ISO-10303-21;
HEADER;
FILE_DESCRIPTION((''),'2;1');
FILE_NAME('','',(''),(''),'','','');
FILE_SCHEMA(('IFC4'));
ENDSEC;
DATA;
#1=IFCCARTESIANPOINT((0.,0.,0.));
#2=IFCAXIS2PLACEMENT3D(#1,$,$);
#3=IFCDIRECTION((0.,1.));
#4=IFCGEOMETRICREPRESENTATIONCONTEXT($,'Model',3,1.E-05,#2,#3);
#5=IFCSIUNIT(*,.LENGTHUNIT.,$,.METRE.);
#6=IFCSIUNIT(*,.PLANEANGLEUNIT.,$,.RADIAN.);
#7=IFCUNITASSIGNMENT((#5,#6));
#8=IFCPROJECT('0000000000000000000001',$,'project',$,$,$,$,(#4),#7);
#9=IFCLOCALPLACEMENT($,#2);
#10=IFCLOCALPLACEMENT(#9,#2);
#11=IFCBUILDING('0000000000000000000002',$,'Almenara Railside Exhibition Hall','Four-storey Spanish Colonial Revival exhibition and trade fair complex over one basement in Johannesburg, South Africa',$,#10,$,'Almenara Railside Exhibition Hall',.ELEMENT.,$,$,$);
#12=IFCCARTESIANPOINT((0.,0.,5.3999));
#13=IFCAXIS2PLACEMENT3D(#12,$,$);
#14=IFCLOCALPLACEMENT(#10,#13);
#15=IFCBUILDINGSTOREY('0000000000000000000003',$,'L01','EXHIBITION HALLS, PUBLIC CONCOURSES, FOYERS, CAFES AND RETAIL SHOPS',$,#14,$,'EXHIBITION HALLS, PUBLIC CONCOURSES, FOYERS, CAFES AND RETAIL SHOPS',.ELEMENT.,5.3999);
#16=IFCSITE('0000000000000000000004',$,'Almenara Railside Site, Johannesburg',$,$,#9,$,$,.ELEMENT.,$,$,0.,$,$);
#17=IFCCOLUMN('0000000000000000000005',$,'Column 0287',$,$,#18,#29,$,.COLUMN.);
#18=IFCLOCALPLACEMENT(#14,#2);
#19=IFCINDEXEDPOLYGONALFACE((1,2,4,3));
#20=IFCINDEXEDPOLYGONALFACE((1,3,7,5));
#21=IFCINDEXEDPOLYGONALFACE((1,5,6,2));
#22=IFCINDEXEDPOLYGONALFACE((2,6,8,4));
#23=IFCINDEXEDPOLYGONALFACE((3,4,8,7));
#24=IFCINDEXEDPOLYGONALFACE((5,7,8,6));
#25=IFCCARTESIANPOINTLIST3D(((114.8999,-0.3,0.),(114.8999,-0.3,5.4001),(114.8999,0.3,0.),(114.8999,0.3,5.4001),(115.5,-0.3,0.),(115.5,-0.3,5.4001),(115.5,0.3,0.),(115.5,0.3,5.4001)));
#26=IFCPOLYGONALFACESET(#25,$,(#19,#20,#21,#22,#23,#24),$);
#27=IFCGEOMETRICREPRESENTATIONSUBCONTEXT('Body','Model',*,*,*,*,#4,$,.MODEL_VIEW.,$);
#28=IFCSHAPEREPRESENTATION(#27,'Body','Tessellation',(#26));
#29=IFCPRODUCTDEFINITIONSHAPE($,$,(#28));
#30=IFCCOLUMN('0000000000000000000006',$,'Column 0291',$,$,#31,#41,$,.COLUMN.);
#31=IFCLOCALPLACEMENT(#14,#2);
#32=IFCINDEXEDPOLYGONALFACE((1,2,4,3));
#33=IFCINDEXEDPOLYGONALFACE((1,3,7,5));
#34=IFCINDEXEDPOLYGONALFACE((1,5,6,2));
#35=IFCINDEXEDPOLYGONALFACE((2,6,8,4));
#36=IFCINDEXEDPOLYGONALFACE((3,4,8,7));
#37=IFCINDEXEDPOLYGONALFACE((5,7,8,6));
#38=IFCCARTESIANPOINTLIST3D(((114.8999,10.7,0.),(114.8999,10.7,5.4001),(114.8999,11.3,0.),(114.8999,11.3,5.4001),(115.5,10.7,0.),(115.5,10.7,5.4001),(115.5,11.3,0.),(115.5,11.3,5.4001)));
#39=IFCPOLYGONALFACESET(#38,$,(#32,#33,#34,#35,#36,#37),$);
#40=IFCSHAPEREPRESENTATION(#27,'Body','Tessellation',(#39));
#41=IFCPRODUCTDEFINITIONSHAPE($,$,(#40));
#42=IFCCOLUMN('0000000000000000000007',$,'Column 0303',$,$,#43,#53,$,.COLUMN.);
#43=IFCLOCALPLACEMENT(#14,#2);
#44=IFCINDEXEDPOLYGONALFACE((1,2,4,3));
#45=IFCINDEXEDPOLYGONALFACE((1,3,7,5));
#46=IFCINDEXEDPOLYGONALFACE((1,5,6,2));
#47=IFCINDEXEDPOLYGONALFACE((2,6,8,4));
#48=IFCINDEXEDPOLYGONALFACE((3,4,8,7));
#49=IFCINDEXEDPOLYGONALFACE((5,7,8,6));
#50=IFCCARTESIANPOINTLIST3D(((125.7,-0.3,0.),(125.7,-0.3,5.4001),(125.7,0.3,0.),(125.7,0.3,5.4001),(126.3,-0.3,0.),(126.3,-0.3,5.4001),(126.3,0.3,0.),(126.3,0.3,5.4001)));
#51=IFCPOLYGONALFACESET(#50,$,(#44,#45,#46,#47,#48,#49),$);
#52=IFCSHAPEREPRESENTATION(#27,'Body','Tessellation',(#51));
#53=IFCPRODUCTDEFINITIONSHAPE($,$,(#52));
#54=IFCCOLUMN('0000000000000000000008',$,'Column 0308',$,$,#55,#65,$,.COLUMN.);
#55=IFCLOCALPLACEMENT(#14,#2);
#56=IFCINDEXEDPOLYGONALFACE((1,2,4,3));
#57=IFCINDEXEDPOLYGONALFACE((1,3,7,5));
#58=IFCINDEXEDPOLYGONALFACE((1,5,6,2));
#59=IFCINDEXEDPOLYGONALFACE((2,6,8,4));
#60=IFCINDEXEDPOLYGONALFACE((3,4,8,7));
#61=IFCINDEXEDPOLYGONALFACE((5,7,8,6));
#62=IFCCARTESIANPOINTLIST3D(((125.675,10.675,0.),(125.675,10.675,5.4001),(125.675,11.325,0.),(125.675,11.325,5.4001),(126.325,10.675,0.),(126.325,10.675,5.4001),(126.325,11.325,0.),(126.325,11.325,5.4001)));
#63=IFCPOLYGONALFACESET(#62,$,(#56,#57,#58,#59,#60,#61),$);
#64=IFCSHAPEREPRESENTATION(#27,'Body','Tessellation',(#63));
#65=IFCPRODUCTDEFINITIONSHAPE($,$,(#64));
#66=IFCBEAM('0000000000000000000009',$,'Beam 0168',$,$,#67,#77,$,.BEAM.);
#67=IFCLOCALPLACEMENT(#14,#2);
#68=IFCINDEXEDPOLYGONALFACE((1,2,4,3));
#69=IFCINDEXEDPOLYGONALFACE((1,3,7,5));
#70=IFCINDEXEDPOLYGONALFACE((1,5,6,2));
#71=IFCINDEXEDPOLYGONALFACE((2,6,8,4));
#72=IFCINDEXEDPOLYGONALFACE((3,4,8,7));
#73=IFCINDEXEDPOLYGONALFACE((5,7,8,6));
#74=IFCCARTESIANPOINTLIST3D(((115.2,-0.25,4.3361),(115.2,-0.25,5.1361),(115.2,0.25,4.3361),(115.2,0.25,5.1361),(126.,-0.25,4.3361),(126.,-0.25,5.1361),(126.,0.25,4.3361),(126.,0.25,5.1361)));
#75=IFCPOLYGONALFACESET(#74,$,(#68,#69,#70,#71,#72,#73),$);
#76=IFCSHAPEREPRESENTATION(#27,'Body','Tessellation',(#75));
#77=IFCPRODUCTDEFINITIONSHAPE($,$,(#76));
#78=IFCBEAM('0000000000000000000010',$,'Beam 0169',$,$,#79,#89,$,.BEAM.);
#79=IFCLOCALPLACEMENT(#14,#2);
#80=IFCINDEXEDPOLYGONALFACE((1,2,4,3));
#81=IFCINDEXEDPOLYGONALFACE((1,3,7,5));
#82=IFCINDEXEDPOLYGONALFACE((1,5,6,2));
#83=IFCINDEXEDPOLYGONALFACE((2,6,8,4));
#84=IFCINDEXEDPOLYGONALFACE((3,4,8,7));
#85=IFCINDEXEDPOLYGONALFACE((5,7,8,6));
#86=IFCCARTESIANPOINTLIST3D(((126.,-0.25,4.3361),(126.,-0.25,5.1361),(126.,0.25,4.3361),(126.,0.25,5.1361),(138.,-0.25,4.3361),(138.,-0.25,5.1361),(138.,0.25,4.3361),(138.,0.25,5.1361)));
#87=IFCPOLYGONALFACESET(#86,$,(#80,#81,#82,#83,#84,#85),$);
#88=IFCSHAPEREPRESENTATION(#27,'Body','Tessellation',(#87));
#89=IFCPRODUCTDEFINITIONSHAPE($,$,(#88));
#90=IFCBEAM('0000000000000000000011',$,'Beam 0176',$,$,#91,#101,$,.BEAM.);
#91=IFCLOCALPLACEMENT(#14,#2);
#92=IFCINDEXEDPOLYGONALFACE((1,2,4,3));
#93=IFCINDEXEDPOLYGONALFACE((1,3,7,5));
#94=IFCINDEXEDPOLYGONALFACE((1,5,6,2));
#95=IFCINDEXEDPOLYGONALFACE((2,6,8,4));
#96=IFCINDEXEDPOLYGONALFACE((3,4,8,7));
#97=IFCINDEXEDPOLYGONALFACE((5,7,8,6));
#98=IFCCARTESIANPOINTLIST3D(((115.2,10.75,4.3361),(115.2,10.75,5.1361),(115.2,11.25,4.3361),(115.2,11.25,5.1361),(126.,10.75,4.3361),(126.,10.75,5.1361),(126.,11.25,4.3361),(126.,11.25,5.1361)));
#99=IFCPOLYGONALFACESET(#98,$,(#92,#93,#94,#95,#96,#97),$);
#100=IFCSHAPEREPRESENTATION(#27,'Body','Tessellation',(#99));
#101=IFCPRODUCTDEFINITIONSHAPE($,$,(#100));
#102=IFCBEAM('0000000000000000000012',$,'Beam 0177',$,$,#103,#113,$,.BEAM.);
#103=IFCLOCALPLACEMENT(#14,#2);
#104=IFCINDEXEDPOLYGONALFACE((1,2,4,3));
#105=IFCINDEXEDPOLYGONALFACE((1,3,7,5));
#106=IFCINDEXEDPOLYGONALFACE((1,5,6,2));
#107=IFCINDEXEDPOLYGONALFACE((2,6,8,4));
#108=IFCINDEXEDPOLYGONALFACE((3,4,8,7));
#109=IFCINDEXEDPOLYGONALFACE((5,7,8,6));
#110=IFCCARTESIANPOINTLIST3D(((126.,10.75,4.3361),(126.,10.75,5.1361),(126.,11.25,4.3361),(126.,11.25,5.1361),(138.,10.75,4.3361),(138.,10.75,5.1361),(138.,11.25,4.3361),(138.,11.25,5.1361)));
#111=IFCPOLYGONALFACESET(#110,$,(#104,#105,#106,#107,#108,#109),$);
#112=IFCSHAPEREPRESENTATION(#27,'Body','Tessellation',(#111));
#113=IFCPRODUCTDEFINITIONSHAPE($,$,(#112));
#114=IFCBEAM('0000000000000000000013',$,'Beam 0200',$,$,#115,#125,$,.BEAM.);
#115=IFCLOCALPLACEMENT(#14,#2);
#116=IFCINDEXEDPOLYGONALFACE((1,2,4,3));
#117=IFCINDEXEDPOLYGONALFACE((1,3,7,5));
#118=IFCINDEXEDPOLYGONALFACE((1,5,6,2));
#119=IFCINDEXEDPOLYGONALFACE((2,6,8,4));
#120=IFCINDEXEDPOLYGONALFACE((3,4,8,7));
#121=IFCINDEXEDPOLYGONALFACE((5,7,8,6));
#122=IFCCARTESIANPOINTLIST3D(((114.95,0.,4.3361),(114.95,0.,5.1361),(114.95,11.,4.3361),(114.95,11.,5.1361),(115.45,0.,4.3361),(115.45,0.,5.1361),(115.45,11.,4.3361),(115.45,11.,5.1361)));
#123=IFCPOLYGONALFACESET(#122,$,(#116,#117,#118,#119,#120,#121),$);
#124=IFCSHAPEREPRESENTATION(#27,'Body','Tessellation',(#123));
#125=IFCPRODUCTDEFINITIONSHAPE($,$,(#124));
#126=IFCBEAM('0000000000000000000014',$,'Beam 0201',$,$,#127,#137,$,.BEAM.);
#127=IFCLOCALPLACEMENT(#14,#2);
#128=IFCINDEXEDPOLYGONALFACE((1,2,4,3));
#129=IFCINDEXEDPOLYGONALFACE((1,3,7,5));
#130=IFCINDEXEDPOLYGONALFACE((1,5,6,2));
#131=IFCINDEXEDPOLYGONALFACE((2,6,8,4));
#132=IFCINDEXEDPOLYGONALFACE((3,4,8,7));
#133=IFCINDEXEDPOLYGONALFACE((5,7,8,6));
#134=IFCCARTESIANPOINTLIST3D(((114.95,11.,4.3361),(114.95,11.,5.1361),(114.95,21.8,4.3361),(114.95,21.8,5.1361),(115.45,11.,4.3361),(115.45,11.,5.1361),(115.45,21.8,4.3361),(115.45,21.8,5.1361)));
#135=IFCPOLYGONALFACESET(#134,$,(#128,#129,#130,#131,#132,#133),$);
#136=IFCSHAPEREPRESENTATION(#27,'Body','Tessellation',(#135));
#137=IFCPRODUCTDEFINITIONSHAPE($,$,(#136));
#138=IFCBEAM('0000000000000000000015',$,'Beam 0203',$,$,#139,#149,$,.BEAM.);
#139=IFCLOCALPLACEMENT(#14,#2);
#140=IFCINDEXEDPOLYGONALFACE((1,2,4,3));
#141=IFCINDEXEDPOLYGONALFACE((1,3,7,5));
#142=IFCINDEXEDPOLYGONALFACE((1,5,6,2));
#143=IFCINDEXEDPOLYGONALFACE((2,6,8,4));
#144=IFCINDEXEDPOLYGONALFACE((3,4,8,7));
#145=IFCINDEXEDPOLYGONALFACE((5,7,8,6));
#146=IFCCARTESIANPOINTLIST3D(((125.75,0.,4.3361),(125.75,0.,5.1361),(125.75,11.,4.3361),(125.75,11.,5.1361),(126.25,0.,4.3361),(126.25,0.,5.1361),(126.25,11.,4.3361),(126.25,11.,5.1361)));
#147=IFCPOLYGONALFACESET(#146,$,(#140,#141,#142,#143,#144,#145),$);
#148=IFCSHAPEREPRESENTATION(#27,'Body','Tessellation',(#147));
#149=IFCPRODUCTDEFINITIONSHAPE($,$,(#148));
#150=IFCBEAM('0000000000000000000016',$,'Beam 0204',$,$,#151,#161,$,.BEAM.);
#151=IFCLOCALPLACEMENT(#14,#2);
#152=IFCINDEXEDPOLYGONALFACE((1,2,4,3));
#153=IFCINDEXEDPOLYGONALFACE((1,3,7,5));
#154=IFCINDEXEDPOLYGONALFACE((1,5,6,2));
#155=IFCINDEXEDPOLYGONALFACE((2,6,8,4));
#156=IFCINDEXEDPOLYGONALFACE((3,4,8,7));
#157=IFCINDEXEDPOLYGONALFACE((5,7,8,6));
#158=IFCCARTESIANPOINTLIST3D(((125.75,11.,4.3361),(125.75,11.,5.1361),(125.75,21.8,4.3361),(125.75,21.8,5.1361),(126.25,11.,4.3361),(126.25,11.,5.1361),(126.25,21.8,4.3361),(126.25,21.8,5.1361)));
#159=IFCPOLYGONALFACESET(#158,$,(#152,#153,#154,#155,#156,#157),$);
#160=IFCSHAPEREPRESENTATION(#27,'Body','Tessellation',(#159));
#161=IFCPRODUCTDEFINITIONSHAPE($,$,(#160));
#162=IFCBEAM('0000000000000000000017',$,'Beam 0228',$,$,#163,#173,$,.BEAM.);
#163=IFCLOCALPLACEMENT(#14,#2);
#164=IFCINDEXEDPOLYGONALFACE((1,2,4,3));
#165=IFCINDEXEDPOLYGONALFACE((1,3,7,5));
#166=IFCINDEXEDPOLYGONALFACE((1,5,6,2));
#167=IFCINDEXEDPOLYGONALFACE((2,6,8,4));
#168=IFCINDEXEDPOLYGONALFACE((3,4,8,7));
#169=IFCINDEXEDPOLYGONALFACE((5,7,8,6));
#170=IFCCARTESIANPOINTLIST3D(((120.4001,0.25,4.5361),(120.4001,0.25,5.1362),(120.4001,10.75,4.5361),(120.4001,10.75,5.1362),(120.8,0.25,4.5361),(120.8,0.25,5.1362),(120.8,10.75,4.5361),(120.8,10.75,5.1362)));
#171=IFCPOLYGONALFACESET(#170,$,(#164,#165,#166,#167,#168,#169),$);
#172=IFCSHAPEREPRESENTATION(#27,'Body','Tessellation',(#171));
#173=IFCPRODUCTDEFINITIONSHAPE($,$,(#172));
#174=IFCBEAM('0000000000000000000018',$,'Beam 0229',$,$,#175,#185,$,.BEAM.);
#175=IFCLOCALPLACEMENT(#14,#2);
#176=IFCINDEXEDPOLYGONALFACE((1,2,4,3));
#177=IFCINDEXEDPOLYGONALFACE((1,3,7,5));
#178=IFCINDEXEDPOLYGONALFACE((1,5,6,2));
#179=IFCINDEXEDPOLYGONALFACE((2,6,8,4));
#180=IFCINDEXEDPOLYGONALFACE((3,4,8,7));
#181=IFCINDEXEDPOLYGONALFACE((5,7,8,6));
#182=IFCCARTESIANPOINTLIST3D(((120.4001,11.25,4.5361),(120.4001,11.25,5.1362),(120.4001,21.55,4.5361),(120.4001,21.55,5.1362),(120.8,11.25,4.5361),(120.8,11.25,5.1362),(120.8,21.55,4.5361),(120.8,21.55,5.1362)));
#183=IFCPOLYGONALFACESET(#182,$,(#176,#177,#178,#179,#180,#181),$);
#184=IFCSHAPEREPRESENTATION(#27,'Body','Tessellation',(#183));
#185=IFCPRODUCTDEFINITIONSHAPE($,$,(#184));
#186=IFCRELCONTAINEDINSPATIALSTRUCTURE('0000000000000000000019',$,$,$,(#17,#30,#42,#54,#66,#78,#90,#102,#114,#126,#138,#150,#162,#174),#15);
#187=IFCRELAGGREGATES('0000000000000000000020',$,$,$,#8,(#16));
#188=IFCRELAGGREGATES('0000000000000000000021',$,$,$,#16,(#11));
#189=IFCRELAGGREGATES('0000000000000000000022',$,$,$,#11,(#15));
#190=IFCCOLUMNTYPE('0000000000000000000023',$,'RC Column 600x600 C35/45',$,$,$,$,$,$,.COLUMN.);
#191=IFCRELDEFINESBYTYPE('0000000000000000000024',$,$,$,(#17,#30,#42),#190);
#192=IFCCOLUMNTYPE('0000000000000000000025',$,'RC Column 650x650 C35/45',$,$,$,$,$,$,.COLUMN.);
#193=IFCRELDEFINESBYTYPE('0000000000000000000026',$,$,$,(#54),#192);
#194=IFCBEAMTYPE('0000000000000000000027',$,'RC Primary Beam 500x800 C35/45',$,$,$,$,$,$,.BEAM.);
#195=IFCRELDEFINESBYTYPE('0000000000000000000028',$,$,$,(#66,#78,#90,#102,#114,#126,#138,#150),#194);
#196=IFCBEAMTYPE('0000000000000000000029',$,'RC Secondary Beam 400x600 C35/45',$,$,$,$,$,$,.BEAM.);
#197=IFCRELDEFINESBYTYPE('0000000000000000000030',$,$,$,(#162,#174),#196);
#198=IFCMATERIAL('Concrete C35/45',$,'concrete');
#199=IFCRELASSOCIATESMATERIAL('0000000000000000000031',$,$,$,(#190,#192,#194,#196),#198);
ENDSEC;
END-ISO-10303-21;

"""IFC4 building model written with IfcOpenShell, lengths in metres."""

from ifc_helpers import new_model, si_unit, direction, frame, origin, origin_2d, place, context, subcontext, project, spatial, rectangle, extrude, material, material_profile, profile_set, type_object, element, save


model = new_model("IFC4")

# Units and contexts
model_context = context("Model", 3, precision=1e-05, world=origin(), true_north=direction((0.0, 1.0)))
body_context = subcontext(model_context, "Body", "Model", "MODEL_VIEW")
ifc_project = project(units=[si_unit("LENGTHUNIT", "METRE"), si_unit("PLANEANGLEUNIT", "RADIAN")], contexts=[model_context])

# Site, building, storey
site_placement = place(None, origin())
site = spatial("IfcSite", under=ifc_project, at=site_placement, Name="Almenara Railside Site, Johannesburg", CompositionType="ELEMENT", RefElevation=0.0)
building_placement = place(site_placement, origin())
building = spatial("IfcBuilding", under=site, at=building_placement, Name="Almenara Railside Exhibition Hall", Description="Four-storey Spanish Colonial Revival exhibition and trade fair complex over one basement in Johannesburg, South Africa", LongName="Almenara Railside Exhibition Hall", CompositionType="ELEMENT")
storey_placement = place(building_placement, frame((0.0, 0.0, 5.3999)))
storey = spatial("IfcBuildingStorey", under=building, at=storey_placement, Name="L01", Description="EXHIBITION HALLS, PUBLIC CONCOURSES, FOYERS, CAFES AND RETAIL SHOPS", LongName="EXHIBITION HALLS, PUBLIC CONCOURSES, FOYERS, CAFES AND RETAIL SHOPS", CompositionType="ELEMENT", Elevation=5.3999)

# Columns
ifc_material_1 = material(Name="Concrete C35/45", Category="concrete")
ifc_material_profile_1 = material_profile(ifc_material_1, rectangle(XDim=0.6001, YDim=0.6001, at=origin_2d()), Name="RC 600x600")
ifc_profile_set_1 = profile_set([ifc_material_profile_1], Name="Concrete C35/45")
column_type_1 = type_object("IfcColumnType", Name="RC Column 600x600 C35/45", PredefinedType="COLUMN", material=ifc_profile_set_1)
for number, where, z_axis, x_axis, name in (
    (1, (115.2, 0.0, 0.0), (0.0, 0.0, 1.0), (1.0, 0.0, 0.0), "Column 0287"),
    (2, (115.2, 11.0, 0.0), (0.0, 0.0, 1.0), (1.0, 0.0, 0.0), "Column 0291"),
    (3, (126.0, 0.0, 0.0), (0.0, 0.0, 1.0), (1.0, 0.0, 0.0), "Column 0303"),
):
    element("IfcColumn", number, at=place(storey_placement, frame(where, z_axis=z_axis, x_axis=x_axis)), inside=storey, type_object=column_type_1, Name=name, PredefinedType="COLUMN", context=body_context, shape_type="SweptSolid", body=[
        extrude(rectangle(XDim=0.6001, YDim=0.6001, at=origin_2d()), origin(), (0.0, 0.0, 1.0), 5.4001),
    ])
ifc_material_profile_2 = material_profile(ifc_material_1, rectangle(XDim=0.6499, YDim=0.6499, at=origin_2d()), Name="RC 650x650")
ifc_profile_set_2 = profile_set([ifc_material_profile_2], Name="Concrete C35/45")
column_type_2 = type_object("IfcColumnType", Name="RC Column 650x650 C35/45", PredefinedType="COLUMN", material=ifc_profile_set_2)
column_placement = place(storey_placement, frame((126.0, 11.0, 0.0), z_axis=(0.0, 0.0, 1.0), x_axis=(1.0, 0.0, 0.0)))
element("IfcColumn", 4, at=column_placement, inside=storey, type_object=column_type_2, Name="Column 0308", PredefinedType="COLUMN", context=body_context, shape_type="SweptSolid", body=[
    extrude(rectangle(XDim=0.6499, YDim=0.6499, at=origin_2d()), origin(), (0.0, 0.0, 1.0), 5.4001),
])

# Beams
ifc_material_profile_3 = material_profile(ifc_material_1, rectangle(XDim=0.5, YDim=0.8, at=origin_2d()), Name="RC 500x800")
ifc_profile_set_3 = profile_set([ifc_material_profile_3], Name="Concrete C35/45")
beam_type_1 = type_object("IfcBeamType", Name="RC Primary Beam 500x800 C35/45", PredefinedType="BEAM", material=ifc_profile_set_3)
beam_1_placement = place(storey_placement, frame((115.2, 0.0, 4.7361), z_axis=(1.0, 0.0, 0.0), x_axis=(0.0, 1.0, 0.0)))
element("IfcBeam", 5, at=beam_1_placement, inside=storey, type_object=beam_type_1, Name="Beam 0168", PredefinedType="BEAM", context=body_context, shape_type="SweptSolid", body=[
    extrude(rectangle(XDim=0.5, YDim=0.8, at=origin_2d()), origin(), (0.0, 0.0, 1.0), 10.8),
])
beam_2_placement = place(storey_placement, frame((126.0, 0.0, 4.7361), z_axis=(1.0, 0.0, 0.0), x_axis=(0.0, 1.0, 0.0)))
element("IfcBeam", 6, at=beam_2_placement, inside=storey, type_object=beam_type_1, Name="Beam 0169", PredefinedType="BEAM", context=body_context, shape_type="SweptSolid", body=[
    extrude(rectangle(XDim=0.5, YDim=0.8, at=origin_2d()), origin(), (0.0, 0.0, 1.0), 12.0),
])
beam_3_placement = place(storey_placement, frame((115.2, 11.0, 4.7361), z_axis=(1.0, 0.0, 0.0), x_axis=(0.0, 1.0, 0.0)))
element("IfcBeam", 7, at=beam_3_placement, inside=storey, type_object=beam_type_1, Name="Beam 0176", PredefinedType="BEAM", context=body_context, shape_type="SweptSolid", body=[
    extrude(rectangle(XDim=0.5, YDim=0.8, at=origin_2d()), origin(), (0.0, 0.0, 1.0), 10.8),
])
beam_4_placement = place(storey_placement, frame((126.0, 11.0, 4.7361), z_axis=(1.0, 0.0, 0.0), x_axis=(0.0, 1.0, 0.0)))
element("IfcBeam", 8, at=beam_4_placement, inside=storey, type_object=beam_type_1, Name="Beam 0177", PredefinedType="BEAM", context=body_context, shape_type="SweptSolid", body=[
    extrude(rectangle(XDim=0.5, YDim=0.8, at=origin_2d()), origin(), (0.0, 0.0, 1.0), 12.0),
])
beam_5_placement = place(storey_placement, frame((115.2, 0.0, 4.7361), z_axis=(0.0, 1.0, 0.0), x_axis=(-1.0, 0.0, 0.0)))
element("IfcBeam", 9, at=beam_5_placement, inside=storey, type_object=beam_type_1, Name="Beam 0200", PredefinedType="BEAM", context=body_context, shape_type="SweptSolid", body=[
    extrude(rectangle(XDim=0.5, YDim=0.8, at=origin_2d()), origin(), (0.0, 0.0, 1.0), 11.0),
])
beam_6_placement = place(storey_placement, frame((115.2, 11.0, 4.7361), z_axis=(0.0, 1.0, 0.0), x_axis=(-1.0, 0.0, 0.0)))
element("IfcBeam", 10, at=beam_6_placement, inside=storey, type_object=beam_type_1, Name="Beam 0201", PredefinedType="BEAM", context=body_context, shape_type="SweptSolid", body=[
    extrude(rectangle(XDim=0.5, YDim=0.8, at=origin_2d()), origin(), (0.0, 0.0, 1.0), 10.8),
])
beam_7_placement = place(storey_placement, frame((126.0, 0.0, 4.7361), z_axis=(0.0, 1.0, 0.0), x_axis=(-1.0, 0.0, 0.0)))
element("IfcBeam", 11, at=beam_7_placement, inside=storey, type_object=beam_type_1, Name="Beam 0203", PredefinedType="BEAM", context=body_context, shape_type="SweptSolid", body=[
    extrude(rectangle(XDim=0.5, YDim=0.8, at=origin_2d()), origin(), (0.0, 0.0, 1.0), 11.0),
])
beam_8_placement = place(storey_placement, frame((126.0, 11.0, 4.7361), z_axis=(0.0, 1.0, 0.0), x_axis=(-1.0, 0.0, 0.0)))
element("IfcBeam", 12, at=beam_8_placement, inside=storey, type_object=beam_type_1, Name="Beam 0204", PredefinedType="BEAM", context=body_context, shape_type="SweptSolid", body=[
    extrude(rectangle(XDim=0.5, YDim=0.8, at=origin_2d()), origin(), (0.0, 0.0, 1.0), 10.8),
])
ifc_material_profile_4 = material_profile(ifc_material_1, rectangle(XDim=0.3999, YDim=0.6001, at=origin_2d()), Name="RC 400x600")
ifc_profile_set_4 = profile_set([ifc_material_profile_4], Name="Concrete C35/45")
beam_type_2 = type_object("IfcBeamType", Name="RC Secondary Beam 400x600 C35/45", PredefinedType="BEAM", material=ifc_profile_set_4)
beam_9_placement = place(storey_placement, frame((120.6001, 0.25, 4.8362), z_axis=(0.0, 1.0, 0.0), x_axis=(-1.0, 0.0, 0.0)))
element("IfcBeam", 13, at=beam_9_placement, inside=storey, type_object=beam_type_2, Name="Beam 0228", PredefinedType="BEAM", context=body_context, shape_type="SweptSolid", body=[
    extrude(rectangle(XDim=0.3999, YDim=0.6001, at=origin_2d()), origin(), (0.0, 0.0, 1.0), 10.5),
])
beam_10_placement = place(storey_placement, frame((120.6001, 11.25, 4.8362), z_axis=(0.0, 1.0, 0.0), x_axis=(-1.0, 0.0, 0.0)))
element("IfcBeam", 14, at=beam_10_placement, inside=storey, type_object=beam_type_2, Name="Beam 0229", PredefinedType="BEAM", context=body_context, shape_type="SweptSolid", body=[
    extrude(rectangle(XDim=0.3999, YDim=0.6001, at=origin_2d()), origin(), (0.0, 0.0, 1.0), 10.3),
])

save(model, "model.ifc")
